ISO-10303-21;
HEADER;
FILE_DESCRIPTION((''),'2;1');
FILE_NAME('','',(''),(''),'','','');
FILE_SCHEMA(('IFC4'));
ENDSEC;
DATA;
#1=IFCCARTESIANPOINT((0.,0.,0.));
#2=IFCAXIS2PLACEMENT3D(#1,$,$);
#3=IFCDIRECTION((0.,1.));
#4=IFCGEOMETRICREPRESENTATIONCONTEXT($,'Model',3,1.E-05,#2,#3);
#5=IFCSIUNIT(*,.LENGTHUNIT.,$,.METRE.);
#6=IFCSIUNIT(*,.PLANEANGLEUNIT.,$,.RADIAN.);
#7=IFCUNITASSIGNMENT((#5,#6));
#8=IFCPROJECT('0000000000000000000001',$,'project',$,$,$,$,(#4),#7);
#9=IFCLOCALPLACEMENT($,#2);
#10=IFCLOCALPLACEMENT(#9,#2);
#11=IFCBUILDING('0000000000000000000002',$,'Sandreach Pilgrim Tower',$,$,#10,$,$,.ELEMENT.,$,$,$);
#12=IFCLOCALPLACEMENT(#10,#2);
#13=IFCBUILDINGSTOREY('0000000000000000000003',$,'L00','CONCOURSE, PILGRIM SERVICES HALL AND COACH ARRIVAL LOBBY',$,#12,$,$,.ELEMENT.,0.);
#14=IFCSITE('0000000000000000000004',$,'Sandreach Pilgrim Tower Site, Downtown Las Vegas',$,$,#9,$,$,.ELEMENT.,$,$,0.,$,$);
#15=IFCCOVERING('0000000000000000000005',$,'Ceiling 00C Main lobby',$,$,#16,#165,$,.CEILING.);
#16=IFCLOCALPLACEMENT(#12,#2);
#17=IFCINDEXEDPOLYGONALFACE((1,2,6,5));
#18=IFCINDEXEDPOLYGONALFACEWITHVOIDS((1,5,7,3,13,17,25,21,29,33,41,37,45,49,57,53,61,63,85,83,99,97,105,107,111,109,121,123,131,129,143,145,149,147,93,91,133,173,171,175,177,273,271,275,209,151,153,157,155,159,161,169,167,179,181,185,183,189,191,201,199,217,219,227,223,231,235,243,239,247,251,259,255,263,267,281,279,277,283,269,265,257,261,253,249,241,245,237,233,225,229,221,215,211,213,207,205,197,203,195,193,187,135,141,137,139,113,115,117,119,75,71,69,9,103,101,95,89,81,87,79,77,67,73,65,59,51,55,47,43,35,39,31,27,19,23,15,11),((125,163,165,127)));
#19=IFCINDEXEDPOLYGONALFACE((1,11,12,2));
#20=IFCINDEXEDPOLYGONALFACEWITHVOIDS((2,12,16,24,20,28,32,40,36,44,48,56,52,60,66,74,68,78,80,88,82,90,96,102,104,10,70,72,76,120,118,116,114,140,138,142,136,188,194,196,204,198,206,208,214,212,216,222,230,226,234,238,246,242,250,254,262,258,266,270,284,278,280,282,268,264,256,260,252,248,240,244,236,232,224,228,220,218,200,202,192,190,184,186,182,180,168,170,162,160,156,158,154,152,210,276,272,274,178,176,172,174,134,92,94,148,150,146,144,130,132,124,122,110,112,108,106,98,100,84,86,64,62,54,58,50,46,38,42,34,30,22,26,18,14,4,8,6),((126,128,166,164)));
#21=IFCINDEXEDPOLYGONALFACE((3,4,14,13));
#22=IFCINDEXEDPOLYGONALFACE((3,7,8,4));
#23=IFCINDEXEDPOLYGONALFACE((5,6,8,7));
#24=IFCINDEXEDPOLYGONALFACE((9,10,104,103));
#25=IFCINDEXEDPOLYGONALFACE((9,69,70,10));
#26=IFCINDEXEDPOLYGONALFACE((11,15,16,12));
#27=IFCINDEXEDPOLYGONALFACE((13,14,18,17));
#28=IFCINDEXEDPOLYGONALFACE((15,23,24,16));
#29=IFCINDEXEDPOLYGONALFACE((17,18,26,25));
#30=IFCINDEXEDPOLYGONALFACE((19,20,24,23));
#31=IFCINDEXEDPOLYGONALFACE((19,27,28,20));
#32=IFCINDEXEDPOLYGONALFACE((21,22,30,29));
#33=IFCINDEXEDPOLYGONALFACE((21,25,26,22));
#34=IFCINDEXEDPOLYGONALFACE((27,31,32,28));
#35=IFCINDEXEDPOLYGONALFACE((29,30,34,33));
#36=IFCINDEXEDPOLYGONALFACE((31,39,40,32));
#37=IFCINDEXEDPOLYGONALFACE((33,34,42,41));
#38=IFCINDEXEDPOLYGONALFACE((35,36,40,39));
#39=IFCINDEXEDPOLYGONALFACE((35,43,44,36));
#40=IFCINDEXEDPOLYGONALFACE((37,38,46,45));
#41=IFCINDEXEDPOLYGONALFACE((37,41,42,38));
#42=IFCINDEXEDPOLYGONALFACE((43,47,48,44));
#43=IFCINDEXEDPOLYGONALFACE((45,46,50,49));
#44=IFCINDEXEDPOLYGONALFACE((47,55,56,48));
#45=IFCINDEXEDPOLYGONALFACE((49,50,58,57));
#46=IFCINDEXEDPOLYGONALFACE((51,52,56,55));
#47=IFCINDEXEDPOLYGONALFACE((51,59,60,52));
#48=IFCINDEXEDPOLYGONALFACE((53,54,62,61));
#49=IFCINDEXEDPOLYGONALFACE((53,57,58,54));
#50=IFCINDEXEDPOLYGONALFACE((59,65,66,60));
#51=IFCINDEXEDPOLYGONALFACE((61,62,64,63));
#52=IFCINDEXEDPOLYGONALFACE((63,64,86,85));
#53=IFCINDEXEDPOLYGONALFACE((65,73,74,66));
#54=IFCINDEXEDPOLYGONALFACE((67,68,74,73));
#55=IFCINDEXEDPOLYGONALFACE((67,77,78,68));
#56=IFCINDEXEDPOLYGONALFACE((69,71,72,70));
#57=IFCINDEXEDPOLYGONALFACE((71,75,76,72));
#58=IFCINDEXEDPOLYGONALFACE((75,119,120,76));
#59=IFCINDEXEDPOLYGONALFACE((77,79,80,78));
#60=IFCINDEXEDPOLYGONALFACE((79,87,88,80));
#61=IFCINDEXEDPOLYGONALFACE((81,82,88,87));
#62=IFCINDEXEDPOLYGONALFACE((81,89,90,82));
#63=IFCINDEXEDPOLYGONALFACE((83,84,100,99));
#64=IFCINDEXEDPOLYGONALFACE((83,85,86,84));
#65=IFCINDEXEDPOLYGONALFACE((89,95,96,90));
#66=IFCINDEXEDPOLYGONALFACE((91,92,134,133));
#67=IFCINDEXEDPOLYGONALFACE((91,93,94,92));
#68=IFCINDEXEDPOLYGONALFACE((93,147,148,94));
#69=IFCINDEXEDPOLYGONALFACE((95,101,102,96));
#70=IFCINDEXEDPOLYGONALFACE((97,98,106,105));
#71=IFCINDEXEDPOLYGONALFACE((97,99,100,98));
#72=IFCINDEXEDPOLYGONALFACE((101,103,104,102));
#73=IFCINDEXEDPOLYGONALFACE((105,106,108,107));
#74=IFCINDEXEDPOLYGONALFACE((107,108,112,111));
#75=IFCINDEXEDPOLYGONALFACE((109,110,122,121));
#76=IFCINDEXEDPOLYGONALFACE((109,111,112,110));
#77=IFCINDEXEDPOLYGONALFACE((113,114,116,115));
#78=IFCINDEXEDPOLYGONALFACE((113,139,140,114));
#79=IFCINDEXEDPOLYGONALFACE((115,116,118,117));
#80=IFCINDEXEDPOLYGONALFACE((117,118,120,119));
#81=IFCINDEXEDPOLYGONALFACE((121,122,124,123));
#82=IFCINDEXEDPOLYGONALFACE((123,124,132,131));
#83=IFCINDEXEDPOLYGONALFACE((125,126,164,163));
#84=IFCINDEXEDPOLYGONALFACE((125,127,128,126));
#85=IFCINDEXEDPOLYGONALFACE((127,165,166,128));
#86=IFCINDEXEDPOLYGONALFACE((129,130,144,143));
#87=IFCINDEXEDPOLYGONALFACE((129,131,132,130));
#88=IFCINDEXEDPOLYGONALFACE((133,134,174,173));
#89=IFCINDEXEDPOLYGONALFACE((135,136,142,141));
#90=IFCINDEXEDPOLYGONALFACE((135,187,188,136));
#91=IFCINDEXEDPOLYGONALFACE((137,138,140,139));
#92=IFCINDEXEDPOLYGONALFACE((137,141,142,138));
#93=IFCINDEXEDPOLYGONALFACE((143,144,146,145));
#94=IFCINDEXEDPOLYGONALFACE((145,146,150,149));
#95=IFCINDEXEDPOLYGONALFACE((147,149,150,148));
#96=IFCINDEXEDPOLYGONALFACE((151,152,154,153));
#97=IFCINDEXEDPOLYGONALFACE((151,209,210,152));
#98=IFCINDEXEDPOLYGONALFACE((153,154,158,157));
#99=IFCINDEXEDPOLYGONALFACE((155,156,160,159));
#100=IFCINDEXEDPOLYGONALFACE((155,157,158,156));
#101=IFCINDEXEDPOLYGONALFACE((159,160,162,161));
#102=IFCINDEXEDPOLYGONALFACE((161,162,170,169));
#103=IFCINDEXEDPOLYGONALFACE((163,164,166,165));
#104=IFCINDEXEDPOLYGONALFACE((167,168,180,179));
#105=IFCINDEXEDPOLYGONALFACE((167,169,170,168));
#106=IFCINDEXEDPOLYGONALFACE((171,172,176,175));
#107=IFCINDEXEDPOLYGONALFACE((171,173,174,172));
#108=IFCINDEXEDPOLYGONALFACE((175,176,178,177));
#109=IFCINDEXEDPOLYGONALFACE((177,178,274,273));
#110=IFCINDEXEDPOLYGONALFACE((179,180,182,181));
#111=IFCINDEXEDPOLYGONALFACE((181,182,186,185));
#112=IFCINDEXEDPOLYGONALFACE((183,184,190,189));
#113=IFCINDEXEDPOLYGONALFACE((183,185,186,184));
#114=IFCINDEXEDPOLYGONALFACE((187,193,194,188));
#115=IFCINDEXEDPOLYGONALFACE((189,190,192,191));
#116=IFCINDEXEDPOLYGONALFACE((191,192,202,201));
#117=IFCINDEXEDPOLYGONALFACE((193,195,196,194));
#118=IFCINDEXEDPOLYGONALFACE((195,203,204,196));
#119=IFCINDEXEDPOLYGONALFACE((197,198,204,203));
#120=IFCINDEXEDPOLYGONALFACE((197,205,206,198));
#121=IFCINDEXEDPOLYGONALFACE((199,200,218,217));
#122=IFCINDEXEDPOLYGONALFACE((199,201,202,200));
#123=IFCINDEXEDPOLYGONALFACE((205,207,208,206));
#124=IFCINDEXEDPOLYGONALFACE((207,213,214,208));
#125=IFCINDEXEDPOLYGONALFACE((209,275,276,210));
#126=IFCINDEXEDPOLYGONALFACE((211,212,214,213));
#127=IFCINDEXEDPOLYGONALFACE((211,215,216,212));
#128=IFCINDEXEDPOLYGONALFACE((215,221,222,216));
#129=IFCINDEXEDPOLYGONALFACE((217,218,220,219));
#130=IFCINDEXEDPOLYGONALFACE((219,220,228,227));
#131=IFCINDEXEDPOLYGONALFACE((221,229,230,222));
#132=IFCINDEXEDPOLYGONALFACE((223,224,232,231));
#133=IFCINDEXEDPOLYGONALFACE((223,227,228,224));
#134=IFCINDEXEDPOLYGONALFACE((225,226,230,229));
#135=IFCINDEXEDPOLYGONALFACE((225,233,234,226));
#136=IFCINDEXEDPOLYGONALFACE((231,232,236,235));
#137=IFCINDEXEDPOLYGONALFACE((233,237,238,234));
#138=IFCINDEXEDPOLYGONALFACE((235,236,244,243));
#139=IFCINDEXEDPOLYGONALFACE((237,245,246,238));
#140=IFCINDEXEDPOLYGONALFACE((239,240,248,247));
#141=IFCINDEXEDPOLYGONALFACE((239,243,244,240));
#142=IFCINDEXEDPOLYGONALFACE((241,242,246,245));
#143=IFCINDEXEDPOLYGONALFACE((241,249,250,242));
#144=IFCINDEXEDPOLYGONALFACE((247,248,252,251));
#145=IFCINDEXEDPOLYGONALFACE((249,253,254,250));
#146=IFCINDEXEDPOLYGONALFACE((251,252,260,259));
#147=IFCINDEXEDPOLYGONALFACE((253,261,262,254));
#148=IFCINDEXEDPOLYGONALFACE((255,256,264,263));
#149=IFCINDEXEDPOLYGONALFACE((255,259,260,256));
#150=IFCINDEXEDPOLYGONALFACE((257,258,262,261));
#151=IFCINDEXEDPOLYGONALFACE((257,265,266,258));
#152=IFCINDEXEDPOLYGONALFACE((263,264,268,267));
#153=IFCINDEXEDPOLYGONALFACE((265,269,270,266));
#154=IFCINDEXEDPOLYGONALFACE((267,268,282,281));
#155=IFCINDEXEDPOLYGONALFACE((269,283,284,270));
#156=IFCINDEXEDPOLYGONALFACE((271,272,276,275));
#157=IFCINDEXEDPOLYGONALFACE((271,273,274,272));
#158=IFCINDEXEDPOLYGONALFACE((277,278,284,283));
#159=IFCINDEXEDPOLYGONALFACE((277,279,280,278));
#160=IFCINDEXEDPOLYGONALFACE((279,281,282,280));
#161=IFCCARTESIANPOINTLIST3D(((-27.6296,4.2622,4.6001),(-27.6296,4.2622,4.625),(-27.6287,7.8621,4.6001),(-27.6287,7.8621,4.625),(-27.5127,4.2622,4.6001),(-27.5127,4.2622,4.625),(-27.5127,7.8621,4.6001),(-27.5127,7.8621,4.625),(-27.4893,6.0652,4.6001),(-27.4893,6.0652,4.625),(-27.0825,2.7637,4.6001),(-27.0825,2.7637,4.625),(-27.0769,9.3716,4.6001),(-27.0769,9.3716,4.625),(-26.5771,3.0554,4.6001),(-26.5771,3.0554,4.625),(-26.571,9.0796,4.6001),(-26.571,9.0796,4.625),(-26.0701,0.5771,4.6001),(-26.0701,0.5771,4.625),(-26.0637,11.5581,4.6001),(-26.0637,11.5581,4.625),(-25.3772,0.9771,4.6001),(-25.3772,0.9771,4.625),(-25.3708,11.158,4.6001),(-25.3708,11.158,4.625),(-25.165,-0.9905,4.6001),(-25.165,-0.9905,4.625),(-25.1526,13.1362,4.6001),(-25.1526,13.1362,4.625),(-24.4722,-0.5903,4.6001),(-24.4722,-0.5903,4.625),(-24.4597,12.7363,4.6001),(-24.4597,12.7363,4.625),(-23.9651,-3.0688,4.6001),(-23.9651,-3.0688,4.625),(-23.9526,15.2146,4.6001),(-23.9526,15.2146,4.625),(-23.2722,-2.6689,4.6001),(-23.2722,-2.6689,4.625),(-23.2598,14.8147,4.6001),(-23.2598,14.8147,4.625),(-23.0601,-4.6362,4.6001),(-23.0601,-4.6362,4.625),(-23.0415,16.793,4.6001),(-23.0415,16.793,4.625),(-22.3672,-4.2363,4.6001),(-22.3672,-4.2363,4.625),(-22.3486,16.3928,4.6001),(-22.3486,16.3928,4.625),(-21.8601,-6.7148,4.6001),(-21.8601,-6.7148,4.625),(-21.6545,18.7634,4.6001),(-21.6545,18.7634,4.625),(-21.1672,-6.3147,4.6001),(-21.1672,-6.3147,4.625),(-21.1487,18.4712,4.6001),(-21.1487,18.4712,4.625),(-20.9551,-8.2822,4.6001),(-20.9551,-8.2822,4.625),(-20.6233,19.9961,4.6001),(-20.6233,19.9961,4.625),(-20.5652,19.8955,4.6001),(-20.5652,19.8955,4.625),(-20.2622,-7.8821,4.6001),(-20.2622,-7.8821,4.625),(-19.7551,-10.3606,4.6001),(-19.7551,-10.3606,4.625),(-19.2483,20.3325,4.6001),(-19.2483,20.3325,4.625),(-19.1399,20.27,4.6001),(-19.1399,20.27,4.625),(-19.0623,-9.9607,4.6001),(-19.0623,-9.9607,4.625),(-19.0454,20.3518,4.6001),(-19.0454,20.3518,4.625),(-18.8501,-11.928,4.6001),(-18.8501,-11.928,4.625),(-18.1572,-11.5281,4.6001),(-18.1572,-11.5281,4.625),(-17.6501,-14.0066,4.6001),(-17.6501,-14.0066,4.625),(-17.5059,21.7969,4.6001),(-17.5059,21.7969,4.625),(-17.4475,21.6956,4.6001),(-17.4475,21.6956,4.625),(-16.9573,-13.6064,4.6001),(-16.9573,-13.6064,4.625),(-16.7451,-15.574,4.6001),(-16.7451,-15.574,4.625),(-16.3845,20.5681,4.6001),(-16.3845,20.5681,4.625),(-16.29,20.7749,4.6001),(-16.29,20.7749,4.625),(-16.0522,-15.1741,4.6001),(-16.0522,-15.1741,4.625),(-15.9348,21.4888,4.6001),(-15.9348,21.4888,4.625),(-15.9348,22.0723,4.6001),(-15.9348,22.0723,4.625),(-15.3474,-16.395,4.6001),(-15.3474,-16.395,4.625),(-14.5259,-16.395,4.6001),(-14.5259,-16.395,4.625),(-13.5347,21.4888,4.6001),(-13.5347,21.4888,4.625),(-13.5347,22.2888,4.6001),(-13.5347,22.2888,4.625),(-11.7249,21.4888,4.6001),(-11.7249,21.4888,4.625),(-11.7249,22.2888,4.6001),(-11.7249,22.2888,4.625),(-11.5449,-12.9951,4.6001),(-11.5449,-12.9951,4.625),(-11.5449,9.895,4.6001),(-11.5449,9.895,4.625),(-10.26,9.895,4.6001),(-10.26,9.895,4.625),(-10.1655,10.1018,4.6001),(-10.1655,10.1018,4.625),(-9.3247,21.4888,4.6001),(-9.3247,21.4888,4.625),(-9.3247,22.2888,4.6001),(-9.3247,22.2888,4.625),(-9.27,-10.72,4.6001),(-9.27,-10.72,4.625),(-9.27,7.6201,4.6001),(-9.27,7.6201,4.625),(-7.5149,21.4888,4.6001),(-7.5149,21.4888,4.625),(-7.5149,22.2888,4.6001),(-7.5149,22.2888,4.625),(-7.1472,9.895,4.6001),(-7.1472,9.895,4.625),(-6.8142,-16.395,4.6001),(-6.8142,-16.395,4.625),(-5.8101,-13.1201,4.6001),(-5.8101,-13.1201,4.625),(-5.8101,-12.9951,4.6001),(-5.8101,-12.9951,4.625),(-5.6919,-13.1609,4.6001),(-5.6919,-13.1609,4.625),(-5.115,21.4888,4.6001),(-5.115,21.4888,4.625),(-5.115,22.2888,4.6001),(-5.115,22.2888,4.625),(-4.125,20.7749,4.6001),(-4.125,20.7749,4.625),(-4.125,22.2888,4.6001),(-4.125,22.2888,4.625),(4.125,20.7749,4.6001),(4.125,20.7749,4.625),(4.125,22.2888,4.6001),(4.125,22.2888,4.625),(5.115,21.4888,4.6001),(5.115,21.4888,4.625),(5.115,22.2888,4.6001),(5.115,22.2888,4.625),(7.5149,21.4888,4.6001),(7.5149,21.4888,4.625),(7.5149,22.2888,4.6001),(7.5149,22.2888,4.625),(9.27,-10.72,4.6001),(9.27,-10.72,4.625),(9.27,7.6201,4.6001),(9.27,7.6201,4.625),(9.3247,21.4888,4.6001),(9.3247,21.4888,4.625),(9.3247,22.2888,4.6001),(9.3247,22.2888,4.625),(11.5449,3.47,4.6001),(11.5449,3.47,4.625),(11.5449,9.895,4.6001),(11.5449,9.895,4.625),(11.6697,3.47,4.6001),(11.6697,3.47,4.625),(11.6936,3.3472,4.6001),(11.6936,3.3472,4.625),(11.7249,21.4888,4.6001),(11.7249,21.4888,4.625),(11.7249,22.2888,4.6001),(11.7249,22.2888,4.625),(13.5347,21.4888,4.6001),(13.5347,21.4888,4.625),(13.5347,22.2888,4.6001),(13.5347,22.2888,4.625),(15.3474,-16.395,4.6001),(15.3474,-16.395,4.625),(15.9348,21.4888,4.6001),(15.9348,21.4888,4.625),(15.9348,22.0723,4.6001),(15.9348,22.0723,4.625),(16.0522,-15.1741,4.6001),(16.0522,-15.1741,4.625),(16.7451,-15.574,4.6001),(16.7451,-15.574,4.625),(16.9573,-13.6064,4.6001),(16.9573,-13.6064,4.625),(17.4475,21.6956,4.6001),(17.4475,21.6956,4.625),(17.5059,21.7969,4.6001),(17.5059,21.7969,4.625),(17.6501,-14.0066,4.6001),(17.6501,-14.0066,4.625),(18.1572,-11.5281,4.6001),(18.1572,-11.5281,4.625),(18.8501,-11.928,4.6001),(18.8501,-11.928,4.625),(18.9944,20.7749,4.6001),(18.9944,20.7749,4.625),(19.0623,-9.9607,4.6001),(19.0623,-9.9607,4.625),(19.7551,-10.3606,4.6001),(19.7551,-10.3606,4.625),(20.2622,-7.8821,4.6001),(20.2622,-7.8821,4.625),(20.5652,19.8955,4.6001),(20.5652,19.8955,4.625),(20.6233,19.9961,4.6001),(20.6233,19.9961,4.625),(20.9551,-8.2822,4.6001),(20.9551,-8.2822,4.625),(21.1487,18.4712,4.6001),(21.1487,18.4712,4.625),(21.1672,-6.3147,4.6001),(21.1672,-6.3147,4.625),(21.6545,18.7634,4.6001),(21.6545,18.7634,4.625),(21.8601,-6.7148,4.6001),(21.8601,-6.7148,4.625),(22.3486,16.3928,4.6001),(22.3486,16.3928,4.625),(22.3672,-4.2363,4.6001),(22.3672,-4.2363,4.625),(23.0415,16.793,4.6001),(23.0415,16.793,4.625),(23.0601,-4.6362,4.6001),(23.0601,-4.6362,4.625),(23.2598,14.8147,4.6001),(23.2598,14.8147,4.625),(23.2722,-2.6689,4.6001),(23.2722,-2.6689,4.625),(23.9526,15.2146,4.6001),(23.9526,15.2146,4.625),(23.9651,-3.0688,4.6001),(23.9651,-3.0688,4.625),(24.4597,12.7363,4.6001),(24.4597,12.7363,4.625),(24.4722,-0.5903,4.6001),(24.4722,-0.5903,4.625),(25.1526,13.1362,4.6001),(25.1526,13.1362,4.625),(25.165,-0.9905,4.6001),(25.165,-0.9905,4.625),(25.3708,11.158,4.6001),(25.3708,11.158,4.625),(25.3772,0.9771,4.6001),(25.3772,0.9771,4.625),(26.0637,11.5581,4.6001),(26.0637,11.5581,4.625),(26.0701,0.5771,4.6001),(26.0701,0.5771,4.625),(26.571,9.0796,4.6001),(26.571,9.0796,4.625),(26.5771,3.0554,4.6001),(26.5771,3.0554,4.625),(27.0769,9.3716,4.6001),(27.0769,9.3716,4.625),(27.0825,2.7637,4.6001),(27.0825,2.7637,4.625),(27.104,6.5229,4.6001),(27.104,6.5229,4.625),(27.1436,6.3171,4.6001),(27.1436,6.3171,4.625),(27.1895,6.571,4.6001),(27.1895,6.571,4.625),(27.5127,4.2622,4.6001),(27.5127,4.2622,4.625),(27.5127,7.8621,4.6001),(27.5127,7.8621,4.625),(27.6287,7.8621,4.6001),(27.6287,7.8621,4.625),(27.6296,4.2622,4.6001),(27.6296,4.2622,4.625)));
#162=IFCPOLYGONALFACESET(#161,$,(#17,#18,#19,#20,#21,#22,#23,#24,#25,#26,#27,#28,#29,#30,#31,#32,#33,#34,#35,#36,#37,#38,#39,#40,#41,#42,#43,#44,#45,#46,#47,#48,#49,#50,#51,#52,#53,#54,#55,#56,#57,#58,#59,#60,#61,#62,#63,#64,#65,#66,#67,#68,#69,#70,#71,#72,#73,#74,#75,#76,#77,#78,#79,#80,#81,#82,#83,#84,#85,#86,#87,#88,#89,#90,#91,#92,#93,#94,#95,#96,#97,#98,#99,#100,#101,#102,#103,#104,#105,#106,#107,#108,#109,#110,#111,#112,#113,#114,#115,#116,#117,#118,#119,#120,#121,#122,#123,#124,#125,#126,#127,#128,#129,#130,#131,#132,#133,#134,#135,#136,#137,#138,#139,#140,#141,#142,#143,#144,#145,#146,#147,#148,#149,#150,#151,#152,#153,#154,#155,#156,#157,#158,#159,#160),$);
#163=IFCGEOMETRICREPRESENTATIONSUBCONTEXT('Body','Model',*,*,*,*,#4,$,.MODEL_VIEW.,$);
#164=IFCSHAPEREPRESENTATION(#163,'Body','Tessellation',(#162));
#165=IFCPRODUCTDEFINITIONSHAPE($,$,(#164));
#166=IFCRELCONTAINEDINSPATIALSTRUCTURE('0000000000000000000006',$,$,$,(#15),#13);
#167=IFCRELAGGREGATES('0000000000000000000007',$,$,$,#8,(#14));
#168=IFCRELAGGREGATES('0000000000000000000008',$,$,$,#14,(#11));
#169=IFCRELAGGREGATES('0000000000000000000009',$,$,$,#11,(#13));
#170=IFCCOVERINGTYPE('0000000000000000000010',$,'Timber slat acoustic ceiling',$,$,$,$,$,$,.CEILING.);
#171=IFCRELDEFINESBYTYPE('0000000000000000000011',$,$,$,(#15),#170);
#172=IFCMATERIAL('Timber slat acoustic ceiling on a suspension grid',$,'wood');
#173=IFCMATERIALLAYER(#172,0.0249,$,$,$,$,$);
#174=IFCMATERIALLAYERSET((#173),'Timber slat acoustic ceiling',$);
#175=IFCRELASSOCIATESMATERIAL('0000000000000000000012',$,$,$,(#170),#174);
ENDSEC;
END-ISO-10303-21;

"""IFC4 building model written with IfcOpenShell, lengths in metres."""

from ifc_helpers import new_model, si_unit, direction, frame, origin, place, context, subcontext, project, spatial, polyline, outline, extrude, material, layer, layer_set, type_object, element, save


model = new_model("IFC4")

# Units and contexts
model_context = context("Model", 3, precision=1e-05, world=origin(), true_north=direction((0.0, 1.0)))
body_context = subcontext(model_context, "Body", "Model", "MODEL_VIEW")
ifc_project = project(units=[si_unit("LENGTHUNIT", "METRE"), si_unit("PLANEANGLEUNIT", "RADIAN")], contexts=[model_context])

# Site, building, storey
site_placement = place(None, origin())
site = spatial("IfcSite", under=ifc_project, at=site_placement, Name="Sandreach Pilgrim Tower Site, Downtown Las Vegas", CompositionType="ELEMENT", RefElevation=0.0)
building_placement = place(site_placement, origin())
building = spatial("IfcBuilding", under=site, at=building_placement, Name="Sandreach Pilgrim Tower", CompositionType="ELEMENT")
storey_placement = place(building_placement, origin())
storey = spatial("IfcBuildingStorey", under=building, at=storey_placement, Name="L00", Description="CONCOURSE, PILGRIM SERVICES HALL AND COACH ARRIVAL LOBBY", CompositionType="ELEMENT", Elevation=0.0)

# Covering
ifc_material_1 = material(Name="Timber slat acoustic ceiling on a suspension grid", Category="wood")
ifc_layer_1 = layer(ifc_material_1, 0.0249)
ifc_layer_set_1 = layer_set([ifc_layer_1], Name="Timber slat acoustic ceiling")
covering_type_1 = type_object("IfcCoveringType", Name="Timber slat acoustic ceiling", PredefinedType="CEILING", material=ifc_layer_set_1)
covering_1_placement = place(storey_placement, frame((0.0, 0.0, 4.6001)))
element("IfcCovering", 1, at=covering_1_placement, inside=storey, type_object=covering_type_1, Name="Ceiling 00C Main lobby", PredefinedType="CEILING", context=body_context, shape_type="SweptSolid", body=[
    extrude(outline(polyline([(-27.5127, 4.2622), (-27.5127, 7.8621), (-27.6287, 7.8621), (-27.0769, 9.3716), (-26.571, 9.0796), (-25.3708, 11.158), (-26.0637, 11.5581), (-25.1526, 13.1362), (-24.4597, 12.7363), (-23.2598, 14.8147), (-23.9526, 15.2146), (-23.0415, 16.793), (-22.3486, 16.3928), (-21.1487, 18.4712), (-21.6545, 18.7634), (-20.6233, 19.9961), (-20.5652, 19.8955), (-17.4475, 21.6956), (-17.5059, 21.7969), (-15.9348, 22.0723), (-15.9348, 21.4888), (-13.5347, 21.4888), (-13.5347, 22.2888), (-11.7249, 22.2888), (-11.7249, 21.4888), (-9.3247, 21.4888), (-9.3247, 22.2888), (-7.5149, 22.2888), (-7.5149, 21.4888), (-5.115, 21.4888), (-5.115, 22.2888), (-4.125, 22.2888), (-4.125, 20.7749), (-16.29, 20.7749), (-16.3845, 20.5681), (-7.1472, 9.895), (11.5449, 9.895), (11.5449, 3.47), (11.6697, 3.47), (11.6936, 3.3472), (27.1436, 6.3171), (27.104, 6.5229), (27.1895, 6.571), (18.9944, 20.7749), (4.125, 20.7749), (4.125, 22.2888), (5.115, 22.2888), (5.115, 21.4888), (7.5149, 21.4888), (7.5149, 22.2888), (9.3247, 22.2888), (9.3247, 21.4888), (11.7249, 21.4888), (11.7249, 22.2888), (13.5347, 22.2888), (13.5347, 21.4888), (15.9348, 21.4888), (15.9348, 22.0723), (17.5059, 21.7969), (17.4475, 21.6956), (20.5652, 19.8955), (20.6233, 19.9961), (21.6545, 18.7634), (21.1487, 18.4712), (22.3486, 16.3928), (23.0415, 16.793), (23.9526, 15.2146), (23.2598, 14.8147), (24.4597, 12.7363), (25.1526, 13.1362), (26.0637, 11.5581), (25.3708, 11.158), (26.571, 9.0796), (27.0769, 9.3716), (27.6287, 7.8621), (27.5127, 7.8621), (27.5127, 4.2622), (27.6296, 4.2622), (27.0825, 2.7637), (26.5771, 3.0554), (25.3772, 0.9771), (26.0701, 0.5771), (25.165, -0.9905), (24.4722, -0.5903), (23.2722, -2.6689), (23.9651, -3.0688), (23.0601, -4.6362), (22.3672, -4.2363), (21.1672, -6.3147), (21.8601, -6.7148), (20.9551, -8.2822), (20.2622, -7.8821), (19.0623, -9.9607), (19.7551, -10.3606), (18.8501, -11.928), (18.1572, -11.5281), (16.9573, -13.6064), (17.6501, -14.0066), (16.7451, -15.574), (16.0522, -15.1741), (15.3474, -16.395), (-6.8142, -16.395), (-5.6919, -13.1609), (-5.8101, -13.1201), (-5.8101, -12.9951), (-11.5449, -12.9951), (-11.5449, 9.895), (-10.26, 9.895), (-10.1655, 10.1018), (-19.0454, 20.3518), (-19.1399, 20.27), (-19.2483, 20.3325), (-27.4893, 6.0652), (-14.5259, -16.395), (-15.3474, -16.395), (-16.0522, -15.1741), (-16.7451, -15.574), (-17.6501, -14.0066), (-16.9573, -13.6064), (-18.1572, -11.5281), (-18.8501, -11.928), (-19.7551, -10.3606), (-19.0623, -9.9607), (-20.2622, -7.8821), (-20.9551, -8.2822), (-21.8601, -6.7148), (-21.1672, -6.3147), (-22.3672, -4.2363), (-23.0601, -4.6362), (-23.9651, -3.0688), (-23.2722, -2.6689), (-24.4722, -0.5903), (-25.165, -0.9905), (-26.0701, 0.5771), (-25.3772, 0.9771), (-26.5771, 3.0554), (-27.0825, 2.7637), (-27.6296, 4.2622), (-27.5127, 4.2622)]), holes=[polyline([(9.27, 7.6201), (-9.27, 7.6201), (-9.27, -10.72), (9.27, -10.72), (9.27, 7.6201)])]), origin(), (0.0, 0.0, 1.0), 0.0249),
])

save(model, "model.ifc")
